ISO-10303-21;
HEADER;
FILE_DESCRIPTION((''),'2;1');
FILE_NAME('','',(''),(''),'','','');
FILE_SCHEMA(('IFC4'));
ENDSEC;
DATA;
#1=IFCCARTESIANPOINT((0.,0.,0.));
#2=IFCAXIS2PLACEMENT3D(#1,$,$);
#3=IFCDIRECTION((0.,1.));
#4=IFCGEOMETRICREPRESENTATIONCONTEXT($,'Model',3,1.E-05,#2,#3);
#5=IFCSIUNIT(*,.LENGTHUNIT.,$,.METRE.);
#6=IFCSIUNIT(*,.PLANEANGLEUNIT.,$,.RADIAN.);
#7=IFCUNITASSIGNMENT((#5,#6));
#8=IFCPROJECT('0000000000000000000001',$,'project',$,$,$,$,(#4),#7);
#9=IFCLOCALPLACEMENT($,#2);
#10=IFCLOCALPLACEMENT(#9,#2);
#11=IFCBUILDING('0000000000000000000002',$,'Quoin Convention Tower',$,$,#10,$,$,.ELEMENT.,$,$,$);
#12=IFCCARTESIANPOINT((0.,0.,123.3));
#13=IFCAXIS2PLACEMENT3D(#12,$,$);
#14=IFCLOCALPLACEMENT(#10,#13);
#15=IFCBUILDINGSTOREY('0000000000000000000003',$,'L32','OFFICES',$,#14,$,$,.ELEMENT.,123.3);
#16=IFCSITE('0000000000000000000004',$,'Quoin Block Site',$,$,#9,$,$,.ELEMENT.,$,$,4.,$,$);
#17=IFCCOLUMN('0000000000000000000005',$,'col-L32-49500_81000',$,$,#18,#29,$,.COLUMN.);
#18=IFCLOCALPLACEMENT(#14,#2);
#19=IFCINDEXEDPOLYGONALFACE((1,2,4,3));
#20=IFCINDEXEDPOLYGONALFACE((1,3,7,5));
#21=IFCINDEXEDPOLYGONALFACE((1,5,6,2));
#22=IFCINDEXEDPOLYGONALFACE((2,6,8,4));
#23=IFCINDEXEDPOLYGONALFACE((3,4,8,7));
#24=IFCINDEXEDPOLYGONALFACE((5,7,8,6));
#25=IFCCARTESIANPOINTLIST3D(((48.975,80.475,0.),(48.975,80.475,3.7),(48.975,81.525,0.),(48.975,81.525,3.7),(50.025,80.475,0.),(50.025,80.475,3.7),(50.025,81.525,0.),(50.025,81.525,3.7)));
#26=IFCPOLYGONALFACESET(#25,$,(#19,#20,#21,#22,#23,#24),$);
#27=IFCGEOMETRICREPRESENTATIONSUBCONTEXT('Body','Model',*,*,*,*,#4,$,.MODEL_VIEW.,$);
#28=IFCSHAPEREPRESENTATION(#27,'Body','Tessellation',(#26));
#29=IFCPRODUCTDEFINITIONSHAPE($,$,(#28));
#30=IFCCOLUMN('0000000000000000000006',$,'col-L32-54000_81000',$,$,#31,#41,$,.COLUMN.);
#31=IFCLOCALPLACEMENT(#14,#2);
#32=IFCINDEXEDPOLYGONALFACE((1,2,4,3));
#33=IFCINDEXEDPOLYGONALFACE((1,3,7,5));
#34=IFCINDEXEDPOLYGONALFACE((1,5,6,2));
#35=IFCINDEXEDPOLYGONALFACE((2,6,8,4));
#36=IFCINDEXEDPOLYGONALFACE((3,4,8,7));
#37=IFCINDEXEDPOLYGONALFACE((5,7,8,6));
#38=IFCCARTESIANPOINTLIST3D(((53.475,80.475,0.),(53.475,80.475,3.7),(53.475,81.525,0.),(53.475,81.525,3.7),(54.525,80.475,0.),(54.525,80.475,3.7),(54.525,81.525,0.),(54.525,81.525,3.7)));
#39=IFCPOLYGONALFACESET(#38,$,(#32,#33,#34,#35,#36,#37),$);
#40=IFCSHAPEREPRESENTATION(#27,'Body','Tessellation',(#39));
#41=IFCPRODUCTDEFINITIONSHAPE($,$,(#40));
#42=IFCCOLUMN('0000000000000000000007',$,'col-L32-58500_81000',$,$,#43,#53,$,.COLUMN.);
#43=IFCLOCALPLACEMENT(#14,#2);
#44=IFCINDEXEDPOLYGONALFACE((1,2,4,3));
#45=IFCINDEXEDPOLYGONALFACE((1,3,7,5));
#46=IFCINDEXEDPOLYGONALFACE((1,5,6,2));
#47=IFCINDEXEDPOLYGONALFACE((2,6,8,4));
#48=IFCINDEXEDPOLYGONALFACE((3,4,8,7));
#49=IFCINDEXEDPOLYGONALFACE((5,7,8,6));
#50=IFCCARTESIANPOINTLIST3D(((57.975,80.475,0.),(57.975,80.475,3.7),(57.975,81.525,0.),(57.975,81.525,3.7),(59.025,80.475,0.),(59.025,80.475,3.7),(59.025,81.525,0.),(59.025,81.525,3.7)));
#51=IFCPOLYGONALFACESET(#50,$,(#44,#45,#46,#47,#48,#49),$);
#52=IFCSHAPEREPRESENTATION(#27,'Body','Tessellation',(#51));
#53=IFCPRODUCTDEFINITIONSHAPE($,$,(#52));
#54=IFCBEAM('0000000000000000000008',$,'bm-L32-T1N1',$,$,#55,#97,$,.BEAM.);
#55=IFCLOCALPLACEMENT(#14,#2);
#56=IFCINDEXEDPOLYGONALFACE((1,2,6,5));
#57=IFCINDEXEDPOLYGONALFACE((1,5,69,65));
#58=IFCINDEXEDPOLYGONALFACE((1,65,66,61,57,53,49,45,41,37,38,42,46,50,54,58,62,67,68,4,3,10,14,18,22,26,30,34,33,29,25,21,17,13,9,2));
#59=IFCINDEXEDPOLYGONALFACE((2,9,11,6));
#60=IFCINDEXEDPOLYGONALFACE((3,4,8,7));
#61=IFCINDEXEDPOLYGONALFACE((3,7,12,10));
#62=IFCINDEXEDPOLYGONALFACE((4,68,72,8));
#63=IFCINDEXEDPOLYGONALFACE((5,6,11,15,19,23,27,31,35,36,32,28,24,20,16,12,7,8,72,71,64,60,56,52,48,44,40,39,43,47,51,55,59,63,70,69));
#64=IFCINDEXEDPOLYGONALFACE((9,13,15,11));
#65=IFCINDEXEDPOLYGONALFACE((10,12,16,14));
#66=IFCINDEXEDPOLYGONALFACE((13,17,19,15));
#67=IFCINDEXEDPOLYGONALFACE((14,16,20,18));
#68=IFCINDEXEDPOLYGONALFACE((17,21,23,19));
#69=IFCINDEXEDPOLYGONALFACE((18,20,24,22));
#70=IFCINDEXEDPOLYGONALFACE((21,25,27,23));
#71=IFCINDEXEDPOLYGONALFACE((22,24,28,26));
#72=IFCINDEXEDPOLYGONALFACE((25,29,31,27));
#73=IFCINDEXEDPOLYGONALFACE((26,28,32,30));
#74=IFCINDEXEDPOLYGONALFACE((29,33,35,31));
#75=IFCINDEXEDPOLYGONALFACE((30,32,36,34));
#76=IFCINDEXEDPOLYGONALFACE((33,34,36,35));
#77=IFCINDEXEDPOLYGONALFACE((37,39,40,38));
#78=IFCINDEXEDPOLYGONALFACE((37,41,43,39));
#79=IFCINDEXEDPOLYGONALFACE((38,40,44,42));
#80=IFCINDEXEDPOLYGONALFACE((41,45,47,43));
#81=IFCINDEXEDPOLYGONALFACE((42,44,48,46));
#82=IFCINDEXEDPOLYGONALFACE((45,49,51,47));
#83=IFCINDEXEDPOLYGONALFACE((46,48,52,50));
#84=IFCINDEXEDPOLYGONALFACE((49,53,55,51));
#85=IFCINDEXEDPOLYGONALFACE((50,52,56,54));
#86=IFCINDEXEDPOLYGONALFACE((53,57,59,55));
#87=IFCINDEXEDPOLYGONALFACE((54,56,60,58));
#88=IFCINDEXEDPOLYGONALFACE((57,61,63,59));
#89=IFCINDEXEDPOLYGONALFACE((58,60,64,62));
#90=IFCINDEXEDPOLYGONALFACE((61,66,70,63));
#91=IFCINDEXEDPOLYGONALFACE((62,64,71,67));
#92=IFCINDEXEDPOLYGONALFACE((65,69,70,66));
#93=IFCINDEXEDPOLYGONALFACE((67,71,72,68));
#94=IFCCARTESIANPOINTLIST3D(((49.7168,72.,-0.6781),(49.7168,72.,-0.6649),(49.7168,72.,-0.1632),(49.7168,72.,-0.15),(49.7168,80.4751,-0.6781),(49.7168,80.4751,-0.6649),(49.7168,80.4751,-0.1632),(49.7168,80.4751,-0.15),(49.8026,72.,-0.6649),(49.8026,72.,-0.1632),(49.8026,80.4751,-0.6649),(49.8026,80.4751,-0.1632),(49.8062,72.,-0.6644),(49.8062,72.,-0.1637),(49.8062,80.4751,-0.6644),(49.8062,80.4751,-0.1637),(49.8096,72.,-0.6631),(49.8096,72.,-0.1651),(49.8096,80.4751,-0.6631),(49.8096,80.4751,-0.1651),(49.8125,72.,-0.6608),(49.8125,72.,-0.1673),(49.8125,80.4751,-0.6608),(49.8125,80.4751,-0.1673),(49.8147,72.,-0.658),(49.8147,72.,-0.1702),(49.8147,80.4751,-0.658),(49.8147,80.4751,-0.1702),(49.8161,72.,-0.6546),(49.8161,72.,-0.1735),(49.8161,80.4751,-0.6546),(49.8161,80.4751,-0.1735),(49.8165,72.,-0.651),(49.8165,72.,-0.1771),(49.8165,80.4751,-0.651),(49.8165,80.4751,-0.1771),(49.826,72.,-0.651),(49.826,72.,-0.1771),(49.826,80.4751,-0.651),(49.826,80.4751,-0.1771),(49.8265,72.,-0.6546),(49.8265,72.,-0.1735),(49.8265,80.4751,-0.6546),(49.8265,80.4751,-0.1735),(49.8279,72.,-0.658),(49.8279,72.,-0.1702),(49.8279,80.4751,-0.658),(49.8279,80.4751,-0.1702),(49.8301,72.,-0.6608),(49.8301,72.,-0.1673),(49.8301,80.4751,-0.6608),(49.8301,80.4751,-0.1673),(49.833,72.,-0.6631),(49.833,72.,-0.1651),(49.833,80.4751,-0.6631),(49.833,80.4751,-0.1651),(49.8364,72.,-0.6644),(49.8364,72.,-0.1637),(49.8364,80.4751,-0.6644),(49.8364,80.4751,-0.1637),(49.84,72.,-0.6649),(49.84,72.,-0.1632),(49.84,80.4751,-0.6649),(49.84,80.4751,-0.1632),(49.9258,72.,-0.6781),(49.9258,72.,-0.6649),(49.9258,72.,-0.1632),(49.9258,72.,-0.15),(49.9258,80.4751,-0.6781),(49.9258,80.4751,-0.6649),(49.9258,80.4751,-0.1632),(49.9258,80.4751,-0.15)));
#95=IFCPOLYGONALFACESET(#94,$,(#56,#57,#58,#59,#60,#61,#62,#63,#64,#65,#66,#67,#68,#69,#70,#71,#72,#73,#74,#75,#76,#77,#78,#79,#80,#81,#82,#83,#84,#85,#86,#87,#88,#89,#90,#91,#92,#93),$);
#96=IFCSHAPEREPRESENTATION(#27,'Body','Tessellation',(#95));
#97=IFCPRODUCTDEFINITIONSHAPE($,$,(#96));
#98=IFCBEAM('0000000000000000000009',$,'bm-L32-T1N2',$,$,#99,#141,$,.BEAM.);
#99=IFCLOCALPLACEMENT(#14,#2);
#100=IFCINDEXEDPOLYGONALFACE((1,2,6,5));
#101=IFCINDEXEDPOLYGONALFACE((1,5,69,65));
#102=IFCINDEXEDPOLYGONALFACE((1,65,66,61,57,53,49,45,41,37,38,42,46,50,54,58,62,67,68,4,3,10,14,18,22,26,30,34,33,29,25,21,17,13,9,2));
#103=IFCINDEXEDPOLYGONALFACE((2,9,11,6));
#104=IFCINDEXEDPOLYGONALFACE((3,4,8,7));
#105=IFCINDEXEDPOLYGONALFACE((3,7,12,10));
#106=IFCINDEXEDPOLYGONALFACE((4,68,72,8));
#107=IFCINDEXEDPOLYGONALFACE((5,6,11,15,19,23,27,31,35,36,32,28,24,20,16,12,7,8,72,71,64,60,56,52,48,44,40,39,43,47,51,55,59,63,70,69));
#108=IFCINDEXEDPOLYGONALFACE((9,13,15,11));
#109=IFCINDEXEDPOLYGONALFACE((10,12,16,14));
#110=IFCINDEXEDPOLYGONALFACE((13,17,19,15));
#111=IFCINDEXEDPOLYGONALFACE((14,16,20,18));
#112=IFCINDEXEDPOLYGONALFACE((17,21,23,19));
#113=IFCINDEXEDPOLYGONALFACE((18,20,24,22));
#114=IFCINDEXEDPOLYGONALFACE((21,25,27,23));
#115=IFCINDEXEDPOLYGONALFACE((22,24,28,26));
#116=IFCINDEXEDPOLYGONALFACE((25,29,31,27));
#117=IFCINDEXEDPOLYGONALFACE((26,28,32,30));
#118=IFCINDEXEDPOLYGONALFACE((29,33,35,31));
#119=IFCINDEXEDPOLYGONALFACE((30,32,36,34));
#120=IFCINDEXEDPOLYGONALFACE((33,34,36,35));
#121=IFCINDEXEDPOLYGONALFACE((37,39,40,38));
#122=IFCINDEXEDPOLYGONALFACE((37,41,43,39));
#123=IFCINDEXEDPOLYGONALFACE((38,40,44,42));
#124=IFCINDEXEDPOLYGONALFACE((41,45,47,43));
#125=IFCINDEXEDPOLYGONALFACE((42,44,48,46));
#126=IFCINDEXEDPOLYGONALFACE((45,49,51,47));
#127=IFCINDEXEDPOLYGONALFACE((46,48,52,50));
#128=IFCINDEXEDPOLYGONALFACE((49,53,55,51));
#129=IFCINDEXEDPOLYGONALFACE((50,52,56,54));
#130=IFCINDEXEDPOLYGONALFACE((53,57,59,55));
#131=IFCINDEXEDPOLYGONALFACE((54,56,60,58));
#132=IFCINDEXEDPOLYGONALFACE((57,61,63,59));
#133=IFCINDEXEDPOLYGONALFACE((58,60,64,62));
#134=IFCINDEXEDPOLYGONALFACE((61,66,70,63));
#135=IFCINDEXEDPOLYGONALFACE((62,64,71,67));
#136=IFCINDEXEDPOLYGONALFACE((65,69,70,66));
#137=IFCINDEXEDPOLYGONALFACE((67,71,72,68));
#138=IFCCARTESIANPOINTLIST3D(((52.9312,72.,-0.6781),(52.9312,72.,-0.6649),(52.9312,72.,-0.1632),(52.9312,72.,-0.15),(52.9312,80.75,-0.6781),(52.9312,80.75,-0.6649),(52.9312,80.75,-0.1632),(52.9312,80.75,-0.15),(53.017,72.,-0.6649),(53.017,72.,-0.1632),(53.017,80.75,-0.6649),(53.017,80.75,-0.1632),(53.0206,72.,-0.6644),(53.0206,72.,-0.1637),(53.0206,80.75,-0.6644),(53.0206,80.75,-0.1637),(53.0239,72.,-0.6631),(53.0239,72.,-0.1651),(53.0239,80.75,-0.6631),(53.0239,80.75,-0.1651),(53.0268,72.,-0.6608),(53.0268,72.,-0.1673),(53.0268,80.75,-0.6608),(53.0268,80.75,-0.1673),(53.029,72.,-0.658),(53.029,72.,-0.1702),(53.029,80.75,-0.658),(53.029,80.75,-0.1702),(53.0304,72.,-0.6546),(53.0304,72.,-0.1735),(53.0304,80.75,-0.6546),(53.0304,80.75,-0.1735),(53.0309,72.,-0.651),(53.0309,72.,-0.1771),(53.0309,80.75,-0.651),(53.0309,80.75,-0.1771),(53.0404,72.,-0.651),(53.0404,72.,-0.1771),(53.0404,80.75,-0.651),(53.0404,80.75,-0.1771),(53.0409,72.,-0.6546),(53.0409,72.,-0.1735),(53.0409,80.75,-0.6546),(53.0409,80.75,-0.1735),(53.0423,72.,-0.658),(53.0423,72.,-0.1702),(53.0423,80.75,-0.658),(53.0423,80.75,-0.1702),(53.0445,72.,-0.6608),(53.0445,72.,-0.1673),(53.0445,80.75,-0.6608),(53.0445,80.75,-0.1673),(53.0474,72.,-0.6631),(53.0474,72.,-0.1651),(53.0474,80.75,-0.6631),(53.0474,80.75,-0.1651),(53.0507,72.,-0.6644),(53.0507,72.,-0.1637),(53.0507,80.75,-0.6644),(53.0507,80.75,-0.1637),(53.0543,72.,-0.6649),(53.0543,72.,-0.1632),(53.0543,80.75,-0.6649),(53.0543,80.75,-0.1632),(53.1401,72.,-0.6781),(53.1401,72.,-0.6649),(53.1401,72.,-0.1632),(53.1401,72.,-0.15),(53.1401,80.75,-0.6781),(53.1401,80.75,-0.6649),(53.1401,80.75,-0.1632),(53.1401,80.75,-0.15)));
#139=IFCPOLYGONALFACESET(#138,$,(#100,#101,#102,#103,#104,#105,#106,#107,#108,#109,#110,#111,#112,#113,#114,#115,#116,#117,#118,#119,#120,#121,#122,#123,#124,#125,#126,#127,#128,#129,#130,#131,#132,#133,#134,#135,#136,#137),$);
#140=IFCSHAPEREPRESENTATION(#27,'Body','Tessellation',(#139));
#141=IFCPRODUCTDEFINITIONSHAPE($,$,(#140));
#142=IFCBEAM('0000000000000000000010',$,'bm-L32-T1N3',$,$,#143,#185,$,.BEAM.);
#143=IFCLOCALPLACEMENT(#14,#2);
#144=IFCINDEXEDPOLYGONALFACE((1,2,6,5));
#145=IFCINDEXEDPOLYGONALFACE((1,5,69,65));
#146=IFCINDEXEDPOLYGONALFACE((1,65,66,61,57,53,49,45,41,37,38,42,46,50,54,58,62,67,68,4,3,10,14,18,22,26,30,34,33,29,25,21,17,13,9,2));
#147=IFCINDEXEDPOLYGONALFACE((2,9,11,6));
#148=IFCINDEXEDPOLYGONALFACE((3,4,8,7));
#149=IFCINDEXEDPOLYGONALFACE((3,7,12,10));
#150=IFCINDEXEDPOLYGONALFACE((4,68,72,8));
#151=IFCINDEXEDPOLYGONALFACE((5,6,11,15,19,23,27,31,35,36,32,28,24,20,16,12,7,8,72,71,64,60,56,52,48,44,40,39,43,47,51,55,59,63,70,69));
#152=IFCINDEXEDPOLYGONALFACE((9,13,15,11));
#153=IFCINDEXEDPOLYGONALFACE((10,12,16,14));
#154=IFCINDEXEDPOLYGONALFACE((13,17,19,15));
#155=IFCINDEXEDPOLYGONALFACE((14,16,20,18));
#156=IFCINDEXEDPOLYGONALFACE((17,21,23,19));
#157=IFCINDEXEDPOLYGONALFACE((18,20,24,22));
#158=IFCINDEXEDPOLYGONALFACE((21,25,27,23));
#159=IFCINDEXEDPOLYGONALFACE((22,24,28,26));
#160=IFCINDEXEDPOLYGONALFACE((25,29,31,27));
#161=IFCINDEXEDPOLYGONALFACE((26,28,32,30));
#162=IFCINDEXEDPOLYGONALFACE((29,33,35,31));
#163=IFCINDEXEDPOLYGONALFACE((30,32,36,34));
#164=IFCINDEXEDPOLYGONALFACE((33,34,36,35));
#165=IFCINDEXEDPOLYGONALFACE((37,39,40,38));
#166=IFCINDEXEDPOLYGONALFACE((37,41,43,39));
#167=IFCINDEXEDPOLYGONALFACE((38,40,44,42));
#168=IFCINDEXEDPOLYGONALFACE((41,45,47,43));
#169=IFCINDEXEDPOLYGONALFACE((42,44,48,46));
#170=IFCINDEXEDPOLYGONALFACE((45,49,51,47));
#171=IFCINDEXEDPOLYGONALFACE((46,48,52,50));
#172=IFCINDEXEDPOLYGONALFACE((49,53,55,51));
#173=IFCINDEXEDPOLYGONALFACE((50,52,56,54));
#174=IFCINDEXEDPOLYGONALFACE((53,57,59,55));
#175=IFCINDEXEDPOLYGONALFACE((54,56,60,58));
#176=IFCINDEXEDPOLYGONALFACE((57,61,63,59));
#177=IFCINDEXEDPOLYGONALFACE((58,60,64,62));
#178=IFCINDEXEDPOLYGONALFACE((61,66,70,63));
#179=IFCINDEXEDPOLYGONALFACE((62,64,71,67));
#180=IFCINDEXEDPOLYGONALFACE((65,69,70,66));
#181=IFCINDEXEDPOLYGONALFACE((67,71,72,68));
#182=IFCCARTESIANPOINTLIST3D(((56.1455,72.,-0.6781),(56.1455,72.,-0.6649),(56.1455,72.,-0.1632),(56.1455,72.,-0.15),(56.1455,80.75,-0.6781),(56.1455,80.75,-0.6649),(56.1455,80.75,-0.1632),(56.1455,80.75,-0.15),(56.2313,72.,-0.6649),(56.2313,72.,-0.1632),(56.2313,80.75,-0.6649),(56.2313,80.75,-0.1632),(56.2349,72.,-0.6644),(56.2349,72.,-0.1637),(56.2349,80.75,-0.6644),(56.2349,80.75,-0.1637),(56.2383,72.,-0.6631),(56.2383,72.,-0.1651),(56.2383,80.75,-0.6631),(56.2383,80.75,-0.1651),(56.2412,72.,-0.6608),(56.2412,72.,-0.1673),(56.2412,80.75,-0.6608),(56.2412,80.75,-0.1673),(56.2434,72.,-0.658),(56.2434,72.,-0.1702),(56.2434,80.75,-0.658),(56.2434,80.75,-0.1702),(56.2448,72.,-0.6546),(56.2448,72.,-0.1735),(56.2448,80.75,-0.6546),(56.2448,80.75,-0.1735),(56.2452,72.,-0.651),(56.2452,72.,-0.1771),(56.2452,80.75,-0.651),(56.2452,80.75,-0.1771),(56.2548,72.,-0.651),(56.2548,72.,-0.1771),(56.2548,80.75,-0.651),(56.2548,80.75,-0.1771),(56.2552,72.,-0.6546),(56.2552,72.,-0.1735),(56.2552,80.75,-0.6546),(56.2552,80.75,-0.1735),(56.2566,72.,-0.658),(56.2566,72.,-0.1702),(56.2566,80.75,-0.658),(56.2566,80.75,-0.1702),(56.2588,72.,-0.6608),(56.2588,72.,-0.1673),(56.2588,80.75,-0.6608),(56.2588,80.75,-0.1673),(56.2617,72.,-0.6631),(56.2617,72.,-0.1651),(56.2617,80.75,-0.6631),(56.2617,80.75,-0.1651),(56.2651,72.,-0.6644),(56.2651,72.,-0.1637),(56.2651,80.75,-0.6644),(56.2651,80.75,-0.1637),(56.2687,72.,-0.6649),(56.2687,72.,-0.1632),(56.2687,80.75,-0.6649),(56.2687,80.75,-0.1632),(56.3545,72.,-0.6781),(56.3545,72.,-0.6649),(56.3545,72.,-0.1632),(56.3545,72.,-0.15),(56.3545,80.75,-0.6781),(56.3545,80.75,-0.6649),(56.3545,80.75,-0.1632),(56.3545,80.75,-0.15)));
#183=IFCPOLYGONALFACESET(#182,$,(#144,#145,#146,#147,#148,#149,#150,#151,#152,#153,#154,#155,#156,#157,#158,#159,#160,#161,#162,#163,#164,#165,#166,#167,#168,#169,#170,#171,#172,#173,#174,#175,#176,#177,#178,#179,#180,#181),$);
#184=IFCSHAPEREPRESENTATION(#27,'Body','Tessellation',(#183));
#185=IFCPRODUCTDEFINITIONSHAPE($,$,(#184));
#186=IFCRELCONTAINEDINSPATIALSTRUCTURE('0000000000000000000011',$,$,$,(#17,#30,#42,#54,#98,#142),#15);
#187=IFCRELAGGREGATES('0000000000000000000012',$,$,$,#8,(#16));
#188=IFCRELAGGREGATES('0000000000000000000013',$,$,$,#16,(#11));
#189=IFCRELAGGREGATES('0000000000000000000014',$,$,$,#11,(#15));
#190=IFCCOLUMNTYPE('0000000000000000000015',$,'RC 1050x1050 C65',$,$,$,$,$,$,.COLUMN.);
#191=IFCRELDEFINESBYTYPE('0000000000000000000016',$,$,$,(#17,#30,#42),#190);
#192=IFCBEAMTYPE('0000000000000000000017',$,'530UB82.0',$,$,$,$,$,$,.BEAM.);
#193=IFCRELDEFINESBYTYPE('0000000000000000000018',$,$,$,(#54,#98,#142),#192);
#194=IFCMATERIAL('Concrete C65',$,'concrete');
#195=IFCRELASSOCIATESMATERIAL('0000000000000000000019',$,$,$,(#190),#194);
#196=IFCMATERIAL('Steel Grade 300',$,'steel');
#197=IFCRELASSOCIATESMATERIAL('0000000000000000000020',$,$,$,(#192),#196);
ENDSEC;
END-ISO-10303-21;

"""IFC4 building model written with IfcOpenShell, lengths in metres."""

from ifc_helpers import new_model, si_unit, direction, frame, origin, origin_2d, place, context, subcontext, project, spatial, rectangle, i_section, extrude, material, material_profile, profile_set, type_object, element, save


model = new_model("IFC4")

# Units and contexts
model_context = context("Model", 3, precision=1e-05, world=origin(), true_north=direction((0.0, 1.0)))
body_context = subcontext(model_context, "Body", "Model", "MODEL_VIEW")
ifc_project = project(units=[si_unit("LENGTHUNIT", "METRE"), si_unit("PLANEANGLEUNIT", "RADIAN")], contexts=[model_context])

# Site, building, storey
site_placement = place(None, origin())
site = spatial("IfcSite", under=ifc_project, at=site_placement, Name="Quoin Block Site", CompositionType="ELEMENT", RefElevation=4.0)
building_placement = place(site_placement, origin())
building = spatial("IfcBuilding", under=site, at=building_placement, Name="Quoin Convention Tower", CompositionType="ELEMENT")
storey_placement = place(building_placement, frame((0.0, 0.0, 123.3)))
storey = spatial("IfcBuildingStorey", under=building, at=storey_placement, Name="L32", Description="OFFICES", CompositionType="ELEMENT", Elevation=123.3)

# Columns
ifc_material_1 = material(Name="Concrete C65", Category="concrete")
ifc_material_profile_1 = material_profile(ifc_material_1, rectangle(XDim=1.05, YDim=1.05, at=origin_2d()), Name="RC 1050x1050")
ifc_profile_set_1 = profile_set([ifc_material_profile_1], Name="Concrete C65")
column_type = type_object("IfcColumnType", Name="RC 1050x1050 C65", PredefinedType="COLUMN", material=ifc_profile_set_1)
for number, where, z_axis, x_axis, name in (
    (1, (49.5, 81.0, 0.0), (0.0, 0.0, 1.0), (1.0, 0.0, 0.0), "col-L32-49500_81000"),
    (2, (54.0, 81.0, 0.0), (0.0, 0.0, 1.0), (1.0, 0.0, 0.0), "col-L32-54000_81000"),
    (3, (58.5, 81.0, 0.0), (0.0, 0.0, 1.0), (1.0, 0.0, 0.0), "col-L32-58500_81000"),
):
    element("IfcColumn", number, at=place(storey_placement, frame(where, z_axis=z_axis, x_axis=x_axis)), inside=storey, type_object=column_type, Name=name, PredefinedType="COLUMN", context=body_context, shape_type="SweptSolid", body=[
        extrude(rectangle(XDim=1.05, YDim=1.05, at=origin_2d()), origin(), (0.0, 0.0, 1.0), 3.7),
    ])

# Beams
ifc_material_2 = material(Name="Steel Grade 300", Category="steel")
ifc_material_profile_2 = material_profile(ifc_material_2, i_section(OverallWidth=0.209, OverallDepth=0.5281, WebThickness=0.0095, FlangeThickness=0.0132, FilletRadius=0.0139, at=origin_2d()), Name="530UB82.0")
ifc_profile_set_2 = profile_set([ifc_material_profile_2], Name="Steel Grade 300")
beam_type_1 = type_object("IfcBeamType", Name="530UB82.0", PredefinedType="BEAM", material=ifc_profile_set_2)
beam_placement = place(storey_placement, frame((49.8213, 72.0, -0.4141), z_axis=(0.0, 1.0, 0.0), x_axis=(-1.0, 0.0, 0.0)))
element("IfcBeam", 4, at=beam_placement, inside=storey, type_object=beam_type_1, Name="bm-L32-T1N1", PredefinedType="BEAM", context=body_context, shape_type="SweptSolid", body=[
    extrude(i_section(OverallWidth=0.209, OverallDepth=0.5281, WebThickness=0.0095, FlangeThickness=0.0132, FilletRadius=0.0139, at=origin_2d()), origin(), (0.0, 0.0, 1.0), 8.4751),
])
for number, where, z_axis, x_axis, name in (
    (5, (53.0356, 72.0, -0.4141), (0.0, 1.0, 0.0), (-1.0, 0.0, 0.0), "bm-L32-T1N2"),
    (6, (56.25, 72.0, -0.4141), (0.0, 1.0, 0.0), (-1.0, 0.0, 0.0), "bm-L32-T1N3"),
):
    element("IfcBeam", number, at=place(storey_placement, frame(where, z_axis=z_axis, x_axis=x_axis)), inside=storey, type_object=beam_type_1, Name=name, PredefinedType="BEAM", context=body_context, shape_type="SweptSolid", body=[
        extrude(i_section(OverallWidth=0.209, OverallDepth=0.5281, WebThickness=0.0095, FlangeThickness=0.0132, FilletRadius=0.0139, at=origin_2d()), origin(), (0.0, 0.0, 1.0), 8.75),
    ])

save(model, "model.ifc")
